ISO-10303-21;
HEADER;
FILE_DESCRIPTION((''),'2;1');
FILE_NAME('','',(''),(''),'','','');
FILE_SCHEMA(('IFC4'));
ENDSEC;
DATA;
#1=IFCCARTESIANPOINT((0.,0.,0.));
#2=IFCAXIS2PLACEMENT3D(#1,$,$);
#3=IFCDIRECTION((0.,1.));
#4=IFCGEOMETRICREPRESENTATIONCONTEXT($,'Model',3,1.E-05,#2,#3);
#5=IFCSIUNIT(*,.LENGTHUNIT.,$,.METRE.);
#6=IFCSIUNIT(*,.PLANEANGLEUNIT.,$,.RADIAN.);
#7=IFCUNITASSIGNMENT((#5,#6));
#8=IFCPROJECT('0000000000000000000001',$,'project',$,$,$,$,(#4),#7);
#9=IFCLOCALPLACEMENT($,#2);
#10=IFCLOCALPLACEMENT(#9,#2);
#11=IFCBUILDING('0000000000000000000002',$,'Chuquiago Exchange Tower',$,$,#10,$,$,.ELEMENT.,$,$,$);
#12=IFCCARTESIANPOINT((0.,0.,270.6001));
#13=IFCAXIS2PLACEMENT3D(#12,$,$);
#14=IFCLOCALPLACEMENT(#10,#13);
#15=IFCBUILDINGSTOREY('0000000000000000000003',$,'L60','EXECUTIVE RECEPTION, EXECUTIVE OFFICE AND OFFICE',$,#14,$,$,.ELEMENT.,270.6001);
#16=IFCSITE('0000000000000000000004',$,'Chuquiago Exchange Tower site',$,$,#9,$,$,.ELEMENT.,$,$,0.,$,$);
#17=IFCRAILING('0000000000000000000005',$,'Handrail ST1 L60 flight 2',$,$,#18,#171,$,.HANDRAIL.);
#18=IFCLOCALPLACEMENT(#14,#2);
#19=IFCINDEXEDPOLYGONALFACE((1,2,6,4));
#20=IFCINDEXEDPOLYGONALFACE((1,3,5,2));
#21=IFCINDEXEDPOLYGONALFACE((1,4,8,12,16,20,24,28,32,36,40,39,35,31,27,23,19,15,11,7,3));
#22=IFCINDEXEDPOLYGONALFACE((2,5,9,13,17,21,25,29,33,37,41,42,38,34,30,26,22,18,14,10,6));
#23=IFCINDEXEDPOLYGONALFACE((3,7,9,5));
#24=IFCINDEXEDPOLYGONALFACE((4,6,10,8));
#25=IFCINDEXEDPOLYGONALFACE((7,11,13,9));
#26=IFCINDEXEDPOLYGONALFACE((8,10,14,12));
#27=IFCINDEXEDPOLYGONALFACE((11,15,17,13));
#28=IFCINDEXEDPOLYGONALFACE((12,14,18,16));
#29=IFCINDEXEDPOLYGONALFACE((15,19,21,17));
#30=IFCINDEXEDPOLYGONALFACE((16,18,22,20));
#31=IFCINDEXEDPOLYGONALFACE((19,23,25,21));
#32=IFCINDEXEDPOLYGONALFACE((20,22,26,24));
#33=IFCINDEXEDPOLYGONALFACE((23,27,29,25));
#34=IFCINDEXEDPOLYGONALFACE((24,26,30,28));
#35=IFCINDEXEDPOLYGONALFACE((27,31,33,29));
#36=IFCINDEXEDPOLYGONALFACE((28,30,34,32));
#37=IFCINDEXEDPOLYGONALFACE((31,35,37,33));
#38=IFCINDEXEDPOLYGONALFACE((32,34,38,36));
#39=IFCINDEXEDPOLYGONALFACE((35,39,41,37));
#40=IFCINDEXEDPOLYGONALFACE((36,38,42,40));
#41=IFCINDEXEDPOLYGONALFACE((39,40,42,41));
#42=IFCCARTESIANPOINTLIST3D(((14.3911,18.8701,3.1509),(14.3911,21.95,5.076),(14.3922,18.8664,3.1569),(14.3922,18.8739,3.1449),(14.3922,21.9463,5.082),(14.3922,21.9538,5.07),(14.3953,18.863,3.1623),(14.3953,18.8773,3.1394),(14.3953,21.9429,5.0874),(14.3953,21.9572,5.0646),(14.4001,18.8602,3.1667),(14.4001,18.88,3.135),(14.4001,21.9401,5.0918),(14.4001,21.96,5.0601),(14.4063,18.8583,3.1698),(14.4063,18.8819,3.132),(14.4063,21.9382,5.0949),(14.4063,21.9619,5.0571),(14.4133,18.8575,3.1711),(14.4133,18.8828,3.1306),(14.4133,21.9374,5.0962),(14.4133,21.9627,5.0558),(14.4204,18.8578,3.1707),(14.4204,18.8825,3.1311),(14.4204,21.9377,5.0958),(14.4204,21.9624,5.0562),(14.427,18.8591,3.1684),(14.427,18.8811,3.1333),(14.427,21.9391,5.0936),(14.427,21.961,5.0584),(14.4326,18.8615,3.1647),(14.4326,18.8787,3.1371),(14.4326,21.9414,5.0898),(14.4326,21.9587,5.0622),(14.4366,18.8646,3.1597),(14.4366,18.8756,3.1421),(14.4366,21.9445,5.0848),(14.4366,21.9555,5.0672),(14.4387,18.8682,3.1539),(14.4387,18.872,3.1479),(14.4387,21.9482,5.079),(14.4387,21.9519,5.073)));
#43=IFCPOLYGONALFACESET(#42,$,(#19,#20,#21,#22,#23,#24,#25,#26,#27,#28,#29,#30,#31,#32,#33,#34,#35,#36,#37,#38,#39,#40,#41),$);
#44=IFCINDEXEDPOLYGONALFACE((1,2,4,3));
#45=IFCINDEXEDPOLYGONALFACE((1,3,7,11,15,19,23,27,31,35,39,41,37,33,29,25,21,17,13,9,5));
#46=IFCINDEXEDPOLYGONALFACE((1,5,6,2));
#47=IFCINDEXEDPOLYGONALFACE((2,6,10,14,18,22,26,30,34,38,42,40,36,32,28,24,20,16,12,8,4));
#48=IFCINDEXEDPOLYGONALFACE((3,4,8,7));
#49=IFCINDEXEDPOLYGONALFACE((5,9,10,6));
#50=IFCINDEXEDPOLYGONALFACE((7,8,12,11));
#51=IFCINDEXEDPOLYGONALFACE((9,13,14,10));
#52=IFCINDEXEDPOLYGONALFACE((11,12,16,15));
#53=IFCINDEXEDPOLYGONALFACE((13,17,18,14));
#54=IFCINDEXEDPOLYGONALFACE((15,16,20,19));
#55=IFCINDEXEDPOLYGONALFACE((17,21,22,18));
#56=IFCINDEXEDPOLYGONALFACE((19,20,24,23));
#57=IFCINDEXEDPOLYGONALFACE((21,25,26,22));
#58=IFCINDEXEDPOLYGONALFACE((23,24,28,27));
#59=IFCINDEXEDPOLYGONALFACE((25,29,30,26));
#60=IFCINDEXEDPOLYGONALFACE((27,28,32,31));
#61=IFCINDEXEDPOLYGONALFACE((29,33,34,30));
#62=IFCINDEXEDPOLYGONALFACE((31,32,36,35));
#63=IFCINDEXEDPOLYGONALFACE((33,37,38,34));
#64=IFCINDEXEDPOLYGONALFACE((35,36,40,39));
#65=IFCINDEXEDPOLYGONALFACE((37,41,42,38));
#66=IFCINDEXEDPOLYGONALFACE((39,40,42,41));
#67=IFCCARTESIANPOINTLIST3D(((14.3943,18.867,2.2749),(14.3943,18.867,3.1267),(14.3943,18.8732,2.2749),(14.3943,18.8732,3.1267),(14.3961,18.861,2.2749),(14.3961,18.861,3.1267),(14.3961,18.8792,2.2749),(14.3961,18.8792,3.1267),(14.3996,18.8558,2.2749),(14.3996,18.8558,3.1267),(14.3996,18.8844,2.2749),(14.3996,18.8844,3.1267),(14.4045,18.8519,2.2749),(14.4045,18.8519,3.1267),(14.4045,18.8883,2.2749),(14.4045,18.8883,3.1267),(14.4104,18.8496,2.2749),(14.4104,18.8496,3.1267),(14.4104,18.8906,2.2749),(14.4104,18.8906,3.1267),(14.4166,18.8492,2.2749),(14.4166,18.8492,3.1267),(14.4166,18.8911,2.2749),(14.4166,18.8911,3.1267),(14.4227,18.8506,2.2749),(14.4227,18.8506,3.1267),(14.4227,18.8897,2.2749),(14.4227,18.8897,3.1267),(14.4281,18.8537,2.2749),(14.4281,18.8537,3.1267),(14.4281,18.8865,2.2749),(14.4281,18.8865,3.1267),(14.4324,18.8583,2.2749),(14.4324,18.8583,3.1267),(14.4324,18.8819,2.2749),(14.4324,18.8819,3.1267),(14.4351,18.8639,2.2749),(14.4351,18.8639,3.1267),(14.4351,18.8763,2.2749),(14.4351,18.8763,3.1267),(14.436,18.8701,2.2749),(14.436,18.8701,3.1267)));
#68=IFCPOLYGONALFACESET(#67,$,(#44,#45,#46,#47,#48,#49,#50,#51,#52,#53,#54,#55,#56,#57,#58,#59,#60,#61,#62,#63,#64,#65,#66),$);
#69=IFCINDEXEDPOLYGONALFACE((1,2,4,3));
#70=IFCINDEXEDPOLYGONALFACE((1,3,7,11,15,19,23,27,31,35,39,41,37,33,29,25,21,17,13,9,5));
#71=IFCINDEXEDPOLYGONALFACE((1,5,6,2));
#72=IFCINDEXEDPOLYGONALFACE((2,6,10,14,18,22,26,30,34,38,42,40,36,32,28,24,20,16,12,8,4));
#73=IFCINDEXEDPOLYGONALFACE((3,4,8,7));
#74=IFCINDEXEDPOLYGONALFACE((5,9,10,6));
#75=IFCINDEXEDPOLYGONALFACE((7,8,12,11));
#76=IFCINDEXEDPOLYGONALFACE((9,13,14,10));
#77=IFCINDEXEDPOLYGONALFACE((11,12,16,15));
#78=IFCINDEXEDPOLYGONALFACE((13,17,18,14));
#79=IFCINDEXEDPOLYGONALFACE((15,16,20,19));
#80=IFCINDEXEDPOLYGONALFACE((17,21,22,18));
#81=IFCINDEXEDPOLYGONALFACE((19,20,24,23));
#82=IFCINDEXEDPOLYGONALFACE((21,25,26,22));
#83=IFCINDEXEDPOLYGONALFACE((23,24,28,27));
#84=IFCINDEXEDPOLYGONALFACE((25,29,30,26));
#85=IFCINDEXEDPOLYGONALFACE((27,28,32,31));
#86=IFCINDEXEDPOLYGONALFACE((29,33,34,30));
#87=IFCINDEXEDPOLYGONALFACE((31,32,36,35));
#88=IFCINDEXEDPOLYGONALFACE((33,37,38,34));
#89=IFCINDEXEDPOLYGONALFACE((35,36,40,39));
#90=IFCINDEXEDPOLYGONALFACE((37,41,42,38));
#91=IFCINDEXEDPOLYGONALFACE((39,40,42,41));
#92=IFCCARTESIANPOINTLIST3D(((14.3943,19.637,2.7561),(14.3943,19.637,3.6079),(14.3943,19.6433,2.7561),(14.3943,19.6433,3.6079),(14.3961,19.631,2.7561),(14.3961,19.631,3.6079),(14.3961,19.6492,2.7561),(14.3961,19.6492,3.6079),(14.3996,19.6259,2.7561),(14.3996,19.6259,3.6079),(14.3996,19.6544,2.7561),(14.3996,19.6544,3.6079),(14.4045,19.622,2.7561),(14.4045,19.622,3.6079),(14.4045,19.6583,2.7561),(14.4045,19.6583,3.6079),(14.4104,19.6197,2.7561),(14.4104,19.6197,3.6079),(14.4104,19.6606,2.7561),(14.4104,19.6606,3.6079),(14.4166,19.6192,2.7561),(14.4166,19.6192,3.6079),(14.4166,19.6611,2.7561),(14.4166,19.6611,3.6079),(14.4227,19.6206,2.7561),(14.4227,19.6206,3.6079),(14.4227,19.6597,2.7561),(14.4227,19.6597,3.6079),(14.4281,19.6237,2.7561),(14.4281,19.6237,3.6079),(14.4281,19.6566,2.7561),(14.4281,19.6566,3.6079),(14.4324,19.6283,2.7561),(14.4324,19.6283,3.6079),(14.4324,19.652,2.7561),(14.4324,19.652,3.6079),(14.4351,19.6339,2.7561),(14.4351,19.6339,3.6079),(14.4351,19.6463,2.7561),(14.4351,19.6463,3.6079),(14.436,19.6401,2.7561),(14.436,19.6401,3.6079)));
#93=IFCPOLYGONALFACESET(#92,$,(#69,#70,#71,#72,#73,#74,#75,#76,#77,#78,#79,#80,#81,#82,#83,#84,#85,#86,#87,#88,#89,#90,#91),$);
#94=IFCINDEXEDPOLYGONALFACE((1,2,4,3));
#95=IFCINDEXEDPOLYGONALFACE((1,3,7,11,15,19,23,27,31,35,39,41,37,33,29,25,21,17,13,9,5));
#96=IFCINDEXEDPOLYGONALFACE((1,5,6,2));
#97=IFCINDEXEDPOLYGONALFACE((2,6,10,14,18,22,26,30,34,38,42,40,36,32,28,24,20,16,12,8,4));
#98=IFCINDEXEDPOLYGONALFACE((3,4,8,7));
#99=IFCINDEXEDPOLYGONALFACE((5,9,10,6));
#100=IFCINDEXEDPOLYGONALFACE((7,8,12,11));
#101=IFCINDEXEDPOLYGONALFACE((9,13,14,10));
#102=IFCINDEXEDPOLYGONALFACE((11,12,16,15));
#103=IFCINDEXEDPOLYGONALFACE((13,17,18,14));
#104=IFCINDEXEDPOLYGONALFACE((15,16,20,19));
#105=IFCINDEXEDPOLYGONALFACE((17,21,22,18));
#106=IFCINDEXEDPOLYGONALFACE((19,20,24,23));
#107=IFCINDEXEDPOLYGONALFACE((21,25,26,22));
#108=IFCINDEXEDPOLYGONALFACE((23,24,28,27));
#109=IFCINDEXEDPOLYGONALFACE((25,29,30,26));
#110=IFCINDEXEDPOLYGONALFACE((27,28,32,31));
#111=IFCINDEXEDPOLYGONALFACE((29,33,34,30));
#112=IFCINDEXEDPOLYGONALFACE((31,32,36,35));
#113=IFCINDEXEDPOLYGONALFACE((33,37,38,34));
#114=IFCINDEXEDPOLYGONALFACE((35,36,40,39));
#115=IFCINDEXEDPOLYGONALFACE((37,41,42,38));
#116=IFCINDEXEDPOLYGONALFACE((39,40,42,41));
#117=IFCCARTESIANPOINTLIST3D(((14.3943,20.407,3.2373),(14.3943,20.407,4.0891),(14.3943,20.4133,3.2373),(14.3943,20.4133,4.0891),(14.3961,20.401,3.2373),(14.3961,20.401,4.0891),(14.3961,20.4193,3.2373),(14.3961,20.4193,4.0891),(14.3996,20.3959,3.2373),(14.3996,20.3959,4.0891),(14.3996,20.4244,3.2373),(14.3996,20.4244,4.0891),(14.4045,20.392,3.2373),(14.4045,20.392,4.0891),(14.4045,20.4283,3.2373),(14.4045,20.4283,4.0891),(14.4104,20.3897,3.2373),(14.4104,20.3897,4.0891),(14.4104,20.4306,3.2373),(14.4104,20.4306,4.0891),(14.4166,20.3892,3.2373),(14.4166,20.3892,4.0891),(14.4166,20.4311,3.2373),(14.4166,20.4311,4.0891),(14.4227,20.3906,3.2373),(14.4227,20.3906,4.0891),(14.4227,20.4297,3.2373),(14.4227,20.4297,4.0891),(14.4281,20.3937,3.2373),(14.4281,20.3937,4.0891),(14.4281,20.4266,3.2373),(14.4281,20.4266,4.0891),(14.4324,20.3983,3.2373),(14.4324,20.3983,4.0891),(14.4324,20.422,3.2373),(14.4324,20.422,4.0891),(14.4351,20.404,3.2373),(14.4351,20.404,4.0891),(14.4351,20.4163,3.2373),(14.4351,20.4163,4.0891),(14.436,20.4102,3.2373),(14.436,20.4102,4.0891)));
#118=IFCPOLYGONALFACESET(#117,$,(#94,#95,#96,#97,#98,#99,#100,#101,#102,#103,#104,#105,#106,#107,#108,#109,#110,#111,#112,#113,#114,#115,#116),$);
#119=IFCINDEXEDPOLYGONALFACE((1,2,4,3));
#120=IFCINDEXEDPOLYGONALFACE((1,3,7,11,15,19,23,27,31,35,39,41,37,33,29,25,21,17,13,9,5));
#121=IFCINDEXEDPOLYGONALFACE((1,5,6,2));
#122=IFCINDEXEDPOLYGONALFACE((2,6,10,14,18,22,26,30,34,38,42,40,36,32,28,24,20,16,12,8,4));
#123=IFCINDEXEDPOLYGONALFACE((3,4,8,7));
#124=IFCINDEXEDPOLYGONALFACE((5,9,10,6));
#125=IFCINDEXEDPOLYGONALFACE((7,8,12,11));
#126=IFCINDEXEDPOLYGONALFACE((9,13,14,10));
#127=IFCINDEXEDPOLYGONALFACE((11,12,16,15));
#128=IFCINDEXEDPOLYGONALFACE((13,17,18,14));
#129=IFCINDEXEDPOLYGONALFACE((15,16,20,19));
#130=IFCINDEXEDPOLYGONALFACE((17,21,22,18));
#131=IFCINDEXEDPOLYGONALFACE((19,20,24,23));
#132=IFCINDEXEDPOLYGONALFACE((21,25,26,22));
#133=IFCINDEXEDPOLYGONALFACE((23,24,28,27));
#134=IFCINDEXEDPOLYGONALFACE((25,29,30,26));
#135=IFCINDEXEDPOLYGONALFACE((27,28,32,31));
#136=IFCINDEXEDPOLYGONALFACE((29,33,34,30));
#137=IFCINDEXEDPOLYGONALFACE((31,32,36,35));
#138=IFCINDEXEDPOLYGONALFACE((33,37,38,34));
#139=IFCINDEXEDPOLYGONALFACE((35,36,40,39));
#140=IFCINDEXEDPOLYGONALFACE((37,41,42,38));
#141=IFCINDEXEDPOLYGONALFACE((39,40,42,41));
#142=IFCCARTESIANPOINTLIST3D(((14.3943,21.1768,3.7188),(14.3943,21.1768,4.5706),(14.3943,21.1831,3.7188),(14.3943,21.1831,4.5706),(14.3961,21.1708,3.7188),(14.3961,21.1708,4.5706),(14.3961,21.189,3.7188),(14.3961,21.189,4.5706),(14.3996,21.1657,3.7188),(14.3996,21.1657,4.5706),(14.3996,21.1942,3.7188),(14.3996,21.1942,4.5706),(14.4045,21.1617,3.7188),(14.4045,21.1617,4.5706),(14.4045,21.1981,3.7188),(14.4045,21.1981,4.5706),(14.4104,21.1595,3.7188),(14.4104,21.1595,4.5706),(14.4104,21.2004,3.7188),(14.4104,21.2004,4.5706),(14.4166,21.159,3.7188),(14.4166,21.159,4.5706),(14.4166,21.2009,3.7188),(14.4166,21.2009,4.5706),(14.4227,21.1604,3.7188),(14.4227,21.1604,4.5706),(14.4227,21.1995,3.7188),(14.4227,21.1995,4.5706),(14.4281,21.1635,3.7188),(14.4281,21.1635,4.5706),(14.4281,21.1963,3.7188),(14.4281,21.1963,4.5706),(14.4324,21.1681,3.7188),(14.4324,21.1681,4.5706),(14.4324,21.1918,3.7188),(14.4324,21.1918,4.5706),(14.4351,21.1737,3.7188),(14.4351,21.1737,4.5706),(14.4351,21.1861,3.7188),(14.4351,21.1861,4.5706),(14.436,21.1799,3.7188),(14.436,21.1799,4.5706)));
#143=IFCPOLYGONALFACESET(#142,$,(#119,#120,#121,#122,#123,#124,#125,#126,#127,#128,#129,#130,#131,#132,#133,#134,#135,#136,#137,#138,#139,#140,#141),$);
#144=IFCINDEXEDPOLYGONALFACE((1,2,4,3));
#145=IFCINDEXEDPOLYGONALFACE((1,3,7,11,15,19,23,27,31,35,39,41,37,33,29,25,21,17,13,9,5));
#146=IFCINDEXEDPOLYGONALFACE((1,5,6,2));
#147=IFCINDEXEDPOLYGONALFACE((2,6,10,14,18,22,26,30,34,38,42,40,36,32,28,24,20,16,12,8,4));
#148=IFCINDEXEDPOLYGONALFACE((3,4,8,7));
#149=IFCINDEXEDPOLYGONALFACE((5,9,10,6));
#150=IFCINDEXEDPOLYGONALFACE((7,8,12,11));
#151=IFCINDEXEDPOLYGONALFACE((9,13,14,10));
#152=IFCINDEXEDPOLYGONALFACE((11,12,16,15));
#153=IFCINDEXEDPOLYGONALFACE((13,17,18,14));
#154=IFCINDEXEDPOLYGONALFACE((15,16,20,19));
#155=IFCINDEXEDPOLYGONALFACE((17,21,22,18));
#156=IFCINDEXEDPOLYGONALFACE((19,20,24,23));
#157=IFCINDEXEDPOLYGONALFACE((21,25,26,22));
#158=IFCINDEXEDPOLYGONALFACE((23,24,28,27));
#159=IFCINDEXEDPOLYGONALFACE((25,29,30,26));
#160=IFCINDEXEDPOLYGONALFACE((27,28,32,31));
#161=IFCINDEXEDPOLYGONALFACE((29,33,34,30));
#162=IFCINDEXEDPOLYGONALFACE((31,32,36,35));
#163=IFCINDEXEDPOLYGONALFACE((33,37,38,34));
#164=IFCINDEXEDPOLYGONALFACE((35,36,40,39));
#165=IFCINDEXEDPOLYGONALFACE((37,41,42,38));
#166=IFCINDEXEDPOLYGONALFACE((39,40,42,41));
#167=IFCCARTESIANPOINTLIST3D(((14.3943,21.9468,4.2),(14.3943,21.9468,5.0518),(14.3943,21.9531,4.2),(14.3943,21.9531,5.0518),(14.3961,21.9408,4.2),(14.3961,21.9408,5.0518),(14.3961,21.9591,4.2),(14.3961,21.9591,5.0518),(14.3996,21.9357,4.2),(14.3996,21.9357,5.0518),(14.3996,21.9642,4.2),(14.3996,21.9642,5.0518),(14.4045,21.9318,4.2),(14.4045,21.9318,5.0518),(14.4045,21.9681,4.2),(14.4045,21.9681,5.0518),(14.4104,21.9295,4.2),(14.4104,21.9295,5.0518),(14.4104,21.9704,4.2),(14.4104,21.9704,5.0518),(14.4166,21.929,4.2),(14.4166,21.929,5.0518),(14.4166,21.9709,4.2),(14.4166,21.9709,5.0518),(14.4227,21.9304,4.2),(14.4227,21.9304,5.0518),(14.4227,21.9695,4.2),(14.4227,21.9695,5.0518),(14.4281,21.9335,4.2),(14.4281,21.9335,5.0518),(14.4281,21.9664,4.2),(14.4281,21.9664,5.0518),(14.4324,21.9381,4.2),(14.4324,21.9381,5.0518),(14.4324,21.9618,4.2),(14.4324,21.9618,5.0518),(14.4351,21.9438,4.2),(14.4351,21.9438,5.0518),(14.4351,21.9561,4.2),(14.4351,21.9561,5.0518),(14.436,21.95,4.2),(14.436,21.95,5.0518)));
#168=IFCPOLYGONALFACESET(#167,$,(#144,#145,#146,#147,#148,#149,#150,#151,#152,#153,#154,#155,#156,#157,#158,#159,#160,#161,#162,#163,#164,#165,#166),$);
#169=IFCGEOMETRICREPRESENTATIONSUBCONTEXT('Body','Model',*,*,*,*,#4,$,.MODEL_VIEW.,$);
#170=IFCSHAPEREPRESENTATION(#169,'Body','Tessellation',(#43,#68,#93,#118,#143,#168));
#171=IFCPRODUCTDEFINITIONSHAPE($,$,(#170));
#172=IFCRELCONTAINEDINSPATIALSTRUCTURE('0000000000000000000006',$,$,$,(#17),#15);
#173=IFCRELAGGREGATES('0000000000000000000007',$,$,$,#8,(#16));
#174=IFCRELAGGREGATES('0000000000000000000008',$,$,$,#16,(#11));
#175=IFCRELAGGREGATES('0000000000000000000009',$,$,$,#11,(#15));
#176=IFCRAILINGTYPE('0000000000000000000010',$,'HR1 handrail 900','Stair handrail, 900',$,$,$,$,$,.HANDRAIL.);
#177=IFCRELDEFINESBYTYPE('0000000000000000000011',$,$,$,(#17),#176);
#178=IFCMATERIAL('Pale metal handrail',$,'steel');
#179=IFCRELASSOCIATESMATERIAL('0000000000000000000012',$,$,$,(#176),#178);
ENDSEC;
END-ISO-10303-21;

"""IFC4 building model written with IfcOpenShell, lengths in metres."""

from ifc_helpers import new_model, si_unit, direction, frame, origin, origin_2d, place, context, subcontext, project, spatial, circle, extrude, material, type_object, element, save


model = new_model("IFC4")

# Units and contexts
model_context = context("Model", 3, precision=1e-05, world=origin(), true_north=direction((0.0, 1.0)))
body_context = subcontext(model_context, "Body", "Model", "MODEL_VIEW")
ifc_project = project(units=[si_unit("LENGTHUNIT", "METRE"), si_unit("PLANEANGLEUNIT", "RADIAN")], contexts=[model_context])

# Site, building, storey
site_placement = place(None, origin())
site = spatial("IfcSite", under=ifc_project, at=site_placement, Name="Chuquiago Exchange Tower site", CompositionType="ELEMENT", RefElevation=0.0)
building_placement = place(site_placement, origin())
building = spatial("IfcBuilding", under=site, at=building_placement, Name="Chuquiago Exchange Tower", CompositionType="ELEMENT")
storey_placement = place(building_placement, frame((0.0, 0.0, 270.6001)))
storey = spatial("IfcBuildingStorey", under=building, at=storey_placement, Name="L60", Description="EXECUTIVE RECEPTION, EXECUTIVE OFFICE AND OFFICE", CompositionType="ELEMENT", Elevation=270.6001)

# Railing
ifc_material_1 = material(Name="Pale metal handrail", Category="steel")
railing_type_1 = type_object("IfcRailingType", Name="HR1 handrail 900", Description="Stair handrail, 900", PredefinedType="HANDRAIL", material=ifc_material_1)
for number, where, name in (
    (1, (14.415, 18.8701, 2.2749), "Handrail ST1 L60 flight 2"),
):
    element("IfcRailing", number, at=place(storey_placement, frame(where)), inside=storey, type_object=railing_type_1, Name=name, PredefinedType="HANDRAIL", context=body_context, shape_type="SweptSolid", body=[
        extrude(circle(Radius=0.0239, at=origin_2d()), frame((0.0, 0.0, 0.876), z_axis=(0.0, 0.847979, 0.530029), x_axis=(-1.0, 0.0, 0.0)), (0.0, 0.0, 1.0), 3.6321),
        extrude(circle(Radius=0.021, at=origin_2d()), origin(), (0.0, 0.0, 1.0), 0.8518),
        extrude(circle(Radius=0.021, at=origin_2d()), frame((0.0, 0.77, 0.4812)), (0.0, 0.0, 1.0), 0.8518),
        extrude(circle(Radius=0.021, at=origin_2d()), frame((0.0, 1.54, 0.9624)), (0.0, 0.0, 1.0), 0.8518),
        extrude(circle(Radius=0.021, at=origin_2d()), frame((0.0, 2.3098, 1.4438)), (0.0, 0.0, 1.0), 0.8518),
        extrude(circle(Radius=0.021, at=origin_2d()), frame((0.0, 3.0798, 1.925)), (0.0, 0.0, 1.0), 0.8518),
    ])

save(model, "model.ifc")
